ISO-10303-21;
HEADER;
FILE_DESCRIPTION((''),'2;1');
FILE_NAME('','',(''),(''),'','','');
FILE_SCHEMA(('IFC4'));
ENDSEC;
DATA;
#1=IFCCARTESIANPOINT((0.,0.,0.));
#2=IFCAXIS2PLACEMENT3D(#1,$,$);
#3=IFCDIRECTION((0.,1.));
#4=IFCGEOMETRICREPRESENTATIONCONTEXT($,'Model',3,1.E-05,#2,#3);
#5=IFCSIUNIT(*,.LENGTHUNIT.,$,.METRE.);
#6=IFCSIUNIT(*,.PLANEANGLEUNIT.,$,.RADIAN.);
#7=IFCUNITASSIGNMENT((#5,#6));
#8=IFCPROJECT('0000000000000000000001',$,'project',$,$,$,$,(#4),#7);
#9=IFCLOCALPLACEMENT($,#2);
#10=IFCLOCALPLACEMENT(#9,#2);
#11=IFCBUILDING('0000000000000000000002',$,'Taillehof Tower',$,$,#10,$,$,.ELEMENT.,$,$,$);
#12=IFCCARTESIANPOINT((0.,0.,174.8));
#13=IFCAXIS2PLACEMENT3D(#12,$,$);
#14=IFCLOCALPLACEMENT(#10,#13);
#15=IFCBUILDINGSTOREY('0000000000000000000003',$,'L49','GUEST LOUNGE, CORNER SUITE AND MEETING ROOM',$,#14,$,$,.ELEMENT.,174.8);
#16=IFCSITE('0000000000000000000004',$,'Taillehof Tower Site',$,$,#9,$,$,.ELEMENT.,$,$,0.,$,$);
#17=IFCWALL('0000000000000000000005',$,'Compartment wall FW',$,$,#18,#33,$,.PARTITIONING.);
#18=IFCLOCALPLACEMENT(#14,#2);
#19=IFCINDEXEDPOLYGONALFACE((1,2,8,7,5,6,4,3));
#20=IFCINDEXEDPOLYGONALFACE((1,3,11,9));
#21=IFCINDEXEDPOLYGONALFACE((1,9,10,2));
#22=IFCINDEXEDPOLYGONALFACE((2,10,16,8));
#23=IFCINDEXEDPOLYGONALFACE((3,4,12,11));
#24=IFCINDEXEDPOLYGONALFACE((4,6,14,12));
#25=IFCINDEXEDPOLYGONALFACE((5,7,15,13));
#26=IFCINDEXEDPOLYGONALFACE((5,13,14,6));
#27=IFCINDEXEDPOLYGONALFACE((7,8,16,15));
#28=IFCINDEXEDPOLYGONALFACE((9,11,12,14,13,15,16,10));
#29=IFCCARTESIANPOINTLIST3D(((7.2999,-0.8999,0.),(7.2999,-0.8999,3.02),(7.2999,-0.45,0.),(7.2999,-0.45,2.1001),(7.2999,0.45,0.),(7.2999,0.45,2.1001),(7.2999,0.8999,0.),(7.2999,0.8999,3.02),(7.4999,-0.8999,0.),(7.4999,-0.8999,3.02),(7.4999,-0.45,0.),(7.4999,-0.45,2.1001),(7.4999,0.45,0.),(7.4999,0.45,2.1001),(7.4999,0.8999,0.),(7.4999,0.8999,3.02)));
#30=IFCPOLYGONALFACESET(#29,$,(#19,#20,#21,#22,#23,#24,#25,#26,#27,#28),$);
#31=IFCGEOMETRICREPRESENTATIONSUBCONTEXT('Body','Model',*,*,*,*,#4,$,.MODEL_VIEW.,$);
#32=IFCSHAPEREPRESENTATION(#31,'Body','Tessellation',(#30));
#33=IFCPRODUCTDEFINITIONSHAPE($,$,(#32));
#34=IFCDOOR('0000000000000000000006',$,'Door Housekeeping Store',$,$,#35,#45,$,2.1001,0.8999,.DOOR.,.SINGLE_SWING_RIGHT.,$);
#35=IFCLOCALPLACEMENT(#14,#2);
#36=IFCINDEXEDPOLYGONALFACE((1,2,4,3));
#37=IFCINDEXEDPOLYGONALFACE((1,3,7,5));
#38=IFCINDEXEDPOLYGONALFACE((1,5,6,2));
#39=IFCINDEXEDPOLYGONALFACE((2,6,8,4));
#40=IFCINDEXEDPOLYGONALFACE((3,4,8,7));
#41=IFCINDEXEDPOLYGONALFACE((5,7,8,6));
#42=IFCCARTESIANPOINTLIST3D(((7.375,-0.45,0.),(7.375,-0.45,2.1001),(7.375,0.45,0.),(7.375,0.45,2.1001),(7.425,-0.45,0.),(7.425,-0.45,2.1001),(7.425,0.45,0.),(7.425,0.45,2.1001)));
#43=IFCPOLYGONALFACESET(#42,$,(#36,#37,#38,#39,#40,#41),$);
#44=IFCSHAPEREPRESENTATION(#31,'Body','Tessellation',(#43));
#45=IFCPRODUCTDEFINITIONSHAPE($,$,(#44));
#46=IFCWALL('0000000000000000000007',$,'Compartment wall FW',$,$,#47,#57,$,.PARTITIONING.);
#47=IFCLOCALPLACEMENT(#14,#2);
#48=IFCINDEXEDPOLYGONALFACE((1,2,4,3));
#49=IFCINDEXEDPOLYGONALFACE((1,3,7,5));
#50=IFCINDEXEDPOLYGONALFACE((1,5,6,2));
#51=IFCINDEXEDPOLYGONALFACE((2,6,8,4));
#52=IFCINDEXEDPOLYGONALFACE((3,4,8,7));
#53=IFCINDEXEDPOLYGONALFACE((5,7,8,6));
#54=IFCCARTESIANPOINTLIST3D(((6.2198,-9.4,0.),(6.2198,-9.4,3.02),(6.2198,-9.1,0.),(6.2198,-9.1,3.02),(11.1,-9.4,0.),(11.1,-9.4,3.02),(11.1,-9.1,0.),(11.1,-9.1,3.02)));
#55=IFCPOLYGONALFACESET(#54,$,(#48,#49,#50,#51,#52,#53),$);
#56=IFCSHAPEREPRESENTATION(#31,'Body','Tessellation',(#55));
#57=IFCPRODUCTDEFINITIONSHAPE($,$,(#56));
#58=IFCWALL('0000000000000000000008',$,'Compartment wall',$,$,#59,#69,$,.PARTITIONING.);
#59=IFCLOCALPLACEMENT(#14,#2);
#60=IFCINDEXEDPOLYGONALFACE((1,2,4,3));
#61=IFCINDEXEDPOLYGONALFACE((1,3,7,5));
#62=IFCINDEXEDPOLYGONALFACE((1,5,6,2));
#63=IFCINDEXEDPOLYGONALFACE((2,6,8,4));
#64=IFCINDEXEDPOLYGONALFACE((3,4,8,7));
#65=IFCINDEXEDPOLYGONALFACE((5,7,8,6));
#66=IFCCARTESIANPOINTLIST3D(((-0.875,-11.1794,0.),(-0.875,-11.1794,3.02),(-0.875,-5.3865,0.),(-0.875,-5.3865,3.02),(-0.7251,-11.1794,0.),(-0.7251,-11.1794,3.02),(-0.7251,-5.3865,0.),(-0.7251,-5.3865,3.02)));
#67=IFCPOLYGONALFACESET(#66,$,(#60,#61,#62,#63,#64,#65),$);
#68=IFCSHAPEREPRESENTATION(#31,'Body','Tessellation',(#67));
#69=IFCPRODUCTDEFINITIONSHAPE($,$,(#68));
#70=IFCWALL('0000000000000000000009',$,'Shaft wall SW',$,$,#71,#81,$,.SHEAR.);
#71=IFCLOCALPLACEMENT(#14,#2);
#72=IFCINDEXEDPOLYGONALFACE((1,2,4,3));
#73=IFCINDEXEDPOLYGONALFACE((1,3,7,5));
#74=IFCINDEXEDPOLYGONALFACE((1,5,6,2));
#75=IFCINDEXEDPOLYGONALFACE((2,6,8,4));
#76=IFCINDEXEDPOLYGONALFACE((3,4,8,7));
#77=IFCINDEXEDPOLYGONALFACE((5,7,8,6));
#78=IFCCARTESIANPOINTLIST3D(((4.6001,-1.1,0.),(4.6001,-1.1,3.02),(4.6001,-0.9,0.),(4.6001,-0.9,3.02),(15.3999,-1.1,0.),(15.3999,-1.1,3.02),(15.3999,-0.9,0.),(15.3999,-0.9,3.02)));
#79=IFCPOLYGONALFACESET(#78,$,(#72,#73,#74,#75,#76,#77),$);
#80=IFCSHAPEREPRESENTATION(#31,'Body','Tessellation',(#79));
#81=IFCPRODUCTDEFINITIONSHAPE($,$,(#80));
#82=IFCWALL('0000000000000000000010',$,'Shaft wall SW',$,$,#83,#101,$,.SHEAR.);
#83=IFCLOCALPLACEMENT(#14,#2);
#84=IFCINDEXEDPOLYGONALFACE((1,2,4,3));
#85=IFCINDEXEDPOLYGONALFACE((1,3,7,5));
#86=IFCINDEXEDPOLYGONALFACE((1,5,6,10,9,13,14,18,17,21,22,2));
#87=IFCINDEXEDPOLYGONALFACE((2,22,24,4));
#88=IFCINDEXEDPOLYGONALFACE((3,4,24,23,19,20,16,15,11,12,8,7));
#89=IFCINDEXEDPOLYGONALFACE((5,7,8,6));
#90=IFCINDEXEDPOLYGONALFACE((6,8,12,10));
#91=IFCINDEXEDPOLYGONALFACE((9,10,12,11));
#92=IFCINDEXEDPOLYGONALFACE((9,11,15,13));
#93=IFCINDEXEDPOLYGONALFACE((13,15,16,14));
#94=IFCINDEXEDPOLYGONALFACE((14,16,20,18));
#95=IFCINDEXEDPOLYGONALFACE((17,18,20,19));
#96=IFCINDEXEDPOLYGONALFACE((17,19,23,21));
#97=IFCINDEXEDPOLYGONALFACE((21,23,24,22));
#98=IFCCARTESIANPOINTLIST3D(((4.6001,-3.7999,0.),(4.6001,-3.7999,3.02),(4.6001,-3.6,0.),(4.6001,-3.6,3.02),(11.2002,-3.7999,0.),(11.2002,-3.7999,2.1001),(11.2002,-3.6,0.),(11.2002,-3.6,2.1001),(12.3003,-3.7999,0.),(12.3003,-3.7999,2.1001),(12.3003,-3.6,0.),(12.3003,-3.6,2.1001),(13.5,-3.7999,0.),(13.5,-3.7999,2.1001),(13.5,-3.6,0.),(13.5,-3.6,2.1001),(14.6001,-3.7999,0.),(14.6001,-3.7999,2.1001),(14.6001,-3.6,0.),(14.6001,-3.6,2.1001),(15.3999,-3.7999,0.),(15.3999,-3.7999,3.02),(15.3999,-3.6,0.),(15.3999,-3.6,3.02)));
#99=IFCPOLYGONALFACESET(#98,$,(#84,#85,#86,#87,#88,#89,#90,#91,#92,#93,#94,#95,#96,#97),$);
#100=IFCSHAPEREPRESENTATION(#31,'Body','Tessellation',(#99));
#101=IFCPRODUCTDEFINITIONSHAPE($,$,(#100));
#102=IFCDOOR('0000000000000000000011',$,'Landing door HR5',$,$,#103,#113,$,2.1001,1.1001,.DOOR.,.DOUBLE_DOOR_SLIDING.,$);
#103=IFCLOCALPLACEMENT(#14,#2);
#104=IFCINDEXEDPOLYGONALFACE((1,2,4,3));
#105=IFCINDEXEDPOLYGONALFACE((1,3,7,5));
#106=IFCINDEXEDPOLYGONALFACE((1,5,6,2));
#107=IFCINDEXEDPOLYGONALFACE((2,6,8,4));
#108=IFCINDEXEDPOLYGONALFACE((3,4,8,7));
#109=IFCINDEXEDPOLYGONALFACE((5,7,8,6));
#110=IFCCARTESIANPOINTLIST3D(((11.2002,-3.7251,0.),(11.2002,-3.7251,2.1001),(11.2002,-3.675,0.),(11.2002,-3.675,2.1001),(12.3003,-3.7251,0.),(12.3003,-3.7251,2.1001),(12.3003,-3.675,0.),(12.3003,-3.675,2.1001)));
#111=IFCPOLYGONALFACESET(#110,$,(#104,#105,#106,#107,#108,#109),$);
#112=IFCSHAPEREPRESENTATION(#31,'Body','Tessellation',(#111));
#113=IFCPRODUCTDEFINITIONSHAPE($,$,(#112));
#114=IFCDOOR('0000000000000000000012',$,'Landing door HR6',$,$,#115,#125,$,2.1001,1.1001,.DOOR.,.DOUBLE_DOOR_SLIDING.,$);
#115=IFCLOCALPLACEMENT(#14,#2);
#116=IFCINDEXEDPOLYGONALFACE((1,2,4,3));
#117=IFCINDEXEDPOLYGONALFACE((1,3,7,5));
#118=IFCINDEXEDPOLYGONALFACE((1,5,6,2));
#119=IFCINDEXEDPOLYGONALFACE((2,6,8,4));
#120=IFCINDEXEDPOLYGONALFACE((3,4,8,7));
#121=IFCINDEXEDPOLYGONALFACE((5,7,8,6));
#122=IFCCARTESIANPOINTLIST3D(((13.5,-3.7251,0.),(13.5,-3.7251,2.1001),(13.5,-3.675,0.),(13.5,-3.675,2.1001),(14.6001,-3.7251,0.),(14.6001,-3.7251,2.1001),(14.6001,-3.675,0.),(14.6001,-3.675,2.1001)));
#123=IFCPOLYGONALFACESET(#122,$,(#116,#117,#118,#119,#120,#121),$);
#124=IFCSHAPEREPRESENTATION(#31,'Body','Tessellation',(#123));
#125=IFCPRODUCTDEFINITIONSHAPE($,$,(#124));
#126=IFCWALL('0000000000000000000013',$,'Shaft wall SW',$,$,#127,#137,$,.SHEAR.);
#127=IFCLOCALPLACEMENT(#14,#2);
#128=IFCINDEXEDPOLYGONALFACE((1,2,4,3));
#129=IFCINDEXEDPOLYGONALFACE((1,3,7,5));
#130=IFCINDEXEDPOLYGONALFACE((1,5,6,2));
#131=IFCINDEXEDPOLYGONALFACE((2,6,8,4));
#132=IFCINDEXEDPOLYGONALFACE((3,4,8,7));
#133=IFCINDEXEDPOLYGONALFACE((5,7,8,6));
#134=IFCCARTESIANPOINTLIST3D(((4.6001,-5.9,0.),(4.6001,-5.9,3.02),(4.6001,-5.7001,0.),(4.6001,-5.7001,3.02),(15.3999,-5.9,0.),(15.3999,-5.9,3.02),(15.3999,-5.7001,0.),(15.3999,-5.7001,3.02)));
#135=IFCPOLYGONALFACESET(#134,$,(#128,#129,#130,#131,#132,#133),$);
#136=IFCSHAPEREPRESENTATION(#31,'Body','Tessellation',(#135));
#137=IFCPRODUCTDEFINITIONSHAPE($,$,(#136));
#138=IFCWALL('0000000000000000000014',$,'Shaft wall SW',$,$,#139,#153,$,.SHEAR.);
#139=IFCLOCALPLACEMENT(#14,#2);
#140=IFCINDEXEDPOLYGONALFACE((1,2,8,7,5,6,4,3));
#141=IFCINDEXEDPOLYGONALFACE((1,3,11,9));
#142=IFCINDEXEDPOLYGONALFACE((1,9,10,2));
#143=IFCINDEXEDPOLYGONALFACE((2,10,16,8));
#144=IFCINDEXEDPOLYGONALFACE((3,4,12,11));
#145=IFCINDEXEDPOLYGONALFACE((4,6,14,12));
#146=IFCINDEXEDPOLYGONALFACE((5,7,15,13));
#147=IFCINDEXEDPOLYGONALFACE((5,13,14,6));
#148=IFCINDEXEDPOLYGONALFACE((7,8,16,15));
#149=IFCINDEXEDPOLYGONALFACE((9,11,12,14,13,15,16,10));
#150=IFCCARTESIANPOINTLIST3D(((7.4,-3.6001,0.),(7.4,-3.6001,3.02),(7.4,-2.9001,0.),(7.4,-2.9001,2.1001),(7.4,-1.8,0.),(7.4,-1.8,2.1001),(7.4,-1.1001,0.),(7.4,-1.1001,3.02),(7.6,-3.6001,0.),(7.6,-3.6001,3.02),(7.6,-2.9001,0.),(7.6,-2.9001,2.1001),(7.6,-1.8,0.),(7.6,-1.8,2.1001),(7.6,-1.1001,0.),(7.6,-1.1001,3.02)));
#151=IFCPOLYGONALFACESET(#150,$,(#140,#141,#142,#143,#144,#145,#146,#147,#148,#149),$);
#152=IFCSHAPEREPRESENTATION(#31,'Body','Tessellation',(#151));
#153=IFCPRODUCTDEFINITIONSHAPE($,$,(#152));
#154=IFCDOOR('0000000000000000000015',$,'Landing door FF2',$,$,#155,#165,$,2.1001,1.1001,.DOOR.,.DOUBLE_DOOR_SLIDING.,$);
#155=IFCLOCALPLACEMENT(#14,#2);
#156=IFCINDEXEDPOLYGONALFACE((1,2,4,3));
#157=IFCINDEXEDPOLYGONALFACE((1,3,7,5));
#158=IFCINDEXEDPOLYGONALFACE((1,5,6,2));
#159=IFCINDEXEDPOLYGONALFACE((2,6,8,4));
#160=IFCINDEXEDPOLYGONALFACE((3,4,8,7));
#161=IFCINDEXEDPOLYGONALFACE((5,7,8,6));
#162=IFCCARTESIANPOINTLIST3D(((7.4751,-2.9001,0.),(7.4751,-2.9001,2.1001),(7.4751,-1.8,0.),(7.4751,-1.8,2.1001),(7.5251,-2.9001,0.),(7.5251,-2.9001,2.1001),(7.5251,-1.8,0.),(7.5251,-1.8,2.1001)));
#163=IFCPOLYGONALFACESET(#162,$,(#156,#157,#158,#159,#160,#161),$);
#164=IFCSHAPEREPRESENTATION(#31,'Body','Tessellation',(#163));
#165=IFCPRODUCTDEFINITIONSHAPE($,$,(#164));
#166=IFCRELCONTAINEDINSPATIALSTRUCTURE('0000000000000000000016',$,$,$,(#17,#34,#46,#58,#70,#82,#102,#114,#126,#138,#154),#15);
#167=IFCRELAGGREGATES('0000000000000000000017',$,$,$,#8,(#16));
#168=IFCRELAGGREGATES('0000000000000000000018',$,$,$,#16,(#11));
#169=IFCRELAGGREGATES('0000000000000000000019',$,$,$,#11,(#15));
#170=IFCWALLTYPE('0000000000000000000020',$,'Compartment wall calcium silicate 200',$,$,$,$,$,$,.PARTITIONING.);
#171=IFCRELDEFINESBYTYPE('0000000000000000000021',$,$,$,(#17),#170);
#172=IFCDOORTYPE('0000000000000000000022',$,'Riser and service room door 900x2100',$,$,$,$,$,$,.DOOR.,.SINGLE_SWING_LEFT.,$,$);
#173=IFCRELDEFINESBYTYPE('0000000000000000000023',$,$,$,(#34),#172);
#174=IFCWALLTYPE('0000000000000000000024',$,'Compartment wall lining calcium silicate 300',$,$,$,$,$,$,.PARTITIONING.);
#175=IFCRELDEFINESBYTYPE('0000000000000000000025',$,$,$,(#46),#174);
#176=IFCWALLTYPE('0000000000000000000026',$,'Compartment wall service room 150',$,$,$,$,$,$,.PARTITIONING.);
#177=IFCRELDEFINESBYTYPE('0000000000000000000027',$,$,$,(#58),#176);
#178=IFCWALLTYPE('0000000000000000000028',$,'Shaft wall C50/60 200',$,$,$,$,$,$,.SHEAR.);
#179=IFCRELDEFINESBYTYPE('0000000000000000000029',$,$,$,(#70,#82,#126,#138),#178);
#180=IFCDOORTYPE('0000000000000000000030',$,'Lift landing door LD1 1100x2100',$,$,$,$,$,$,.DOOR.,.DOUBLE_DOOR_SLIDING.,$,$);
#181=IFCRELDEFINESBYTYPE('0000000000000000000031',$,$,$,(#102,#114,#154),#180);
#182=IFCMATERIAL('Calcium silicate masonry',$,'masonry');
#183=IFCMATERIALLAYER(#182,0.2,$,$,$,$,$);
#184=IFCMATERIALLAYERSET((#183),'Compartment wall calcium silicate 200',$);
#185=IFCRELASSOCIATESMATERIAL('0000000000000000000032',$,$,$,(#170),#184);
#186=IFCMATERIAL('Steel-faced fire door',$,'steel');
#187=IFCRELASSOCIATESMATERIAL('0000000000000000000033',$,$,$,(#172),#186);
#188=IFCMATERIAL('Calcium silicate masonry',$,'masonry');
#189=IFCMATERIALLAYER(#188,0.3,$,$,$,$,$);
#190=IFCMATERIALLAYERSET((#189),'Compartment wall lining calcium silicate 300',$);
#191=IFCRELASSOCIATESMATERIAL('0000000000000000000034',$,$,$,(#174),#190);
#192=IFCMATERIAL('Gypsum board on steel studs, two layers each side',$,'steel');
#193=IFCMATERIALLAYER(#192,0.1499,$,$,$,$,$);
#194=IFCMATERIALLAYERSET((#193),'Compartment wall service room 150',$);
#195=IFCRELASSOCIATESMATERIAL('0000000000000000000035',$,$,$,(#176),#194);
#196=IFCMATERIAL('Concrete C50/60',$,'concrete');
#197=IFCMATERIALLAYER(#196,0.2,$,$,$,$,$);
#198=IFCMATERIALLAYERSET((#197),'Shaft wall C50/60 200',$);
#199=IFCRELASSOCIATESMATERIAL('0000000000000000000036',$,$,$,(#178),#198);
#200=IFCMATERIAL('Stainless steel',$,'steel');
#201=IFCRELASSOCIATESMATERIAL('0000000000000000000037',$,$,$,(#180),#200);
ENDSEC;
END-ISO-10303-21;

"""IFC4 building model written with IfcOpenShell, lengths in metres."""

from ifc_helpers import new_model, si_unit, direction, frame, frame_2d, origin, place, context, subcontext, project, spatial, rectangle, extrude, material, layer, layer_set, type_object, element, fill, save


model = new_model("IFC4")

# Units and contexts
model_context = context("Model", 3, precision=1e-05, world=origin(), true_north=direction((0.0, 1.0)))
body_context = subcontext(model_context, "Body", "Model", "MODEL_VIEW")
ifc_project = project(units=[si_unit("LENGTHUNIT", "METRE"), si_unit("PLANEANGLEUNIT", "RADIAN")], contexts=[model_context])

# Site, building, storey
site_placement = place(None, origin())
site = spatial("IfcSite", under=ifc_project, at=site_placement, Name="Taillehof Tower Site", CompositionType="ELEMENT", RefElevation=0.0)
building_placement = place(site_placement, origin())
building = spatial("IfcBuilding", under=site, at=building_placement, Name="Taillehof Tower", CompositionType="ELEMENT")
storey_placement = place(building_placement, frame((0.0, 0.0, 174.8)))
storey = spatial("IfcBuildingStorey", under=building, at=storey_placement, Name="L49", Description="GUEST LOUNGE, CORNER SUITE AND MEETING ROOM", CompositionType="ELEMENT", Elevation=174.8)

# Wall, opening, door
ifc_material_1 = material(Name="Calcium silicate masonry", Category="masonry")
ifc_layer_1 = layer(ifc_material_1, 0.2)
ifc_layer_set_1 = layer_set([ifc_layer_1], Name="Compartment wall calcium silicate 200")
wall_type_1 = type_object("IfcWallType", Name="Compartment wall calcium silicate 200", PredefinedType="PARTITIONING", material=ifc_layer_set_1)
wall_1_placement = place(storey_placement, frame((7.3999, -0.8999, 0.0), z_axis=(0.0, 0.0, 1.0), x_axis=(0.0, 1.0, 0.0)))
wall_1 = element("IfcWall", 1, at=wall_1_placement, inside=storey, type_object=wall_type_1, Name="Compartment wall FW", PredefinedType="PARTITIONING", context=body_context, shape_type="SweptSolid", body=[
    extrude(rectangle(XDim=1.7998, YDim=0.2, at=frame_2d((0.8999, 0.0))), origin(), (0.0, 0.0, 1.0), 3.02),
])
opening_1_placement = place(wall_1_placement, frame((0.45, 0.0, 0.0)))
opening_1 = element("IfcOpeningElement", 2, at=opening_1_placement, cuts=wall_1, PredefinedType="OPENING", context=body_context, shape_type="SweptSolid", body=[
    extrude(rectangle(XDim=0.8999, YDim=2.1001, at=frame_2d((0.45, 1.05))), frame((0.0, 0.1099, 0.0), z_axis=(0.0, -1.0, 0.0), x_axis=(1.0, 0.0, 0.0)), (0.0, 0.0, 1.0), 0.22),
])
ifc_material_2 = material(Name="Steel-faced fire door", Category="steel")
door_type_1 = type_object("IfcDoorType", Name="Riser and service room door 900x2100", OperationType="SINGLE_SWING_LEFT", PredefinedType="DOOR", material=ifc_material_2)
door_1_placement = place(opening_1_placement, origin())
door_1 = element("IfcDoor", 3, at=door_1_placement, inside=storey, type_object=door_type_1, Name="Door Housekeeping Store", OperationType="SINGLE_SWING_RIGHT", OverallHeight=2.1001, OverallWidth=0.8999, PredefinedType="DOOR", context=body_context, shape_type="SweptSolid", body=[
    extrude(rectangle(XDim=0.8999, YDim=2.1001, at=frame_2d((0.45, 1.05))), frame((0.0, 0.0249, 0.0), z_axis=(0.0, -1.0, 0.0), x_axis=(1.0, 0.0, 0.0)), (0.0, 0.0, 1.0), 0.05),
])
fill(opening_1, door_1)

# Walls
ifc_material_3 = material(Name="Calcium silicate masonry", Category="masonry")
ifc_layer_2 = layer(ifc_material_3, 0.3)
ifc_layer_set_2 = layer_set([ifc_layer_2], Name="Compartment wall lining calcium silicate 300")
wall_type_2 = type_object("IfcWallType", Name="Compartment wall lining calcium silicate 300", PredefinedType="PARTITIONING", material=ifc_layer_set_2)
wall_2_placement = place(storey_placement, frame((6.22, -9.25, 0.0), z_axis=(0.0, 0.0, 1.0), x_axis=(1.0, 0.0, 0.0)))
element("IfcWall", 4, at=wall_2_placement, inside=storey, type_object=wall_type_2, Name="Compartment wall FW", PredefinedType="PARTITIONING", context=body_context, shape_type="SweptSolid", body=[
    extrude(rectangle(XDim=4.8801, YDim=0.3, at=frame_2d((2.4399, 0.0))), origin(), (0.0, 0.0, 1.0), 3.02),
])
ifc_material_4 = material(Name="Gypsum board on steel studs, two layers each side", Category="steel")
ifc_layer_3 = layer(ifc_material_4, 0.1499)
ifc_layer_set_3 = layer_set([ifc_layer_3], Name="Compartment wall service room 150")
wall_type_3 = type_object("IfcWallType", Name="Compartment wall service room 150", PredefinedType="PARTITIONING", material=ifc_layer_set_3)
wall_3_placement = place(storey_placement, frame((-0.8, -5.3865, 0.0), z_axis=(0.0, 0.0, 1.0), x_axis=(0.0, -1.0, 0.0)))
element("IfcWall", 5, at=wall_3_placement, inside=storey, type_object=wall_type_3, Name="Compartment wall", PredefinedType="PARTITIONING", context=body_context, shape_type="SweptSolid", body=[
    extrude(rectangle(XDim=5.793, YDim=0.1499, at=frame_2d((2.8965, 0.0))), origin(), (0.0, 0.0, 1.0), 3.02),
])
ifc_material_5 = material(Name="Concrete C50/60", Category="concrete")
ifc_layer_4 = layer(ifc_material_5, 0.2)
ifc_layer_set_4 = layer_set([ifc_layer_4], Name="Shaft wall C50/60 200")
wall_type_4 = type_object("IfcWallType", Name="Shaft wall C50/60 200", PredefinedType="SHEAR", material=ifc_layer_set_4)
wall_4_placement = place(storey_placement, frame((4.6001, -1.0, 0.0), z_axis=(0.0, 0.0, 1.0), x_axis=(1.0, 0.0, 0.0)))
element("IfcWall", 6, at=wall_4_placement, inside=storey, type_object=wall_type_4, Name="Shaft wall SW", PredefinedType="SHEAR", context=body_context, shape_type="SweptSolid", body=[
    extrude(rectangle(XDim=10.7998, YDim=0.2, at=frame_2d((5.3999, 0.0))), origin(), (0.0, 0.0, 1.0), 3.02),
])

# Wall, openings, doors
wall_5_placement = place(storey_placement, frame((4.6001, -3.7, 0.0), z_axis=(0.0, 0.0, 1.0), x_axis=(1.0, 0.0, 0.0)))
wall_5 = element("IfcWall", 7, at=wall_5_placement, inside=storey, type_object=wall_type_4, Name="Shaft wall SW", PredefinedType="SHEAR", context=body_context, shape_type="SweptSolid", body=[
    extrude(rectangle(XDim=10.7998, YDim=0.2, at=frame_2d((5.3999, 0.0))), origin(), (0.0, 0.0, 1.0), 3.02),
])
opening_2_placement = place(wall_5_placement, frame((6.6001, 0.0, 0.0)))
opening_2 = element("IfcOpeningElement", 8, at=opening_2_placement, cuts=wall_5, PredefinedType="OPENING", context=body_context, shape_type="SweptSolid", body=[
    extrude(rectangle(XDim=1.1001, YDim=2.1001, at=frame_2d((0.55, 1.05))), frame((0.0, 0.1099, 0.0), z_axis=(0.0, -1.0, 0.0), x_axis=(1.0, 0.0, 0.0)), (0.0, 0.0, 1.0), 0.22),
])
opening_3_placement = place(wall_5_placement, frame((8.8999, 0.0, 0.0)))
opening_3 = element("IfcOpeningElement", 9, at=opening_3_placement, cuts=wall_5, PredefinedType="OPENING", context=body_context, shape_type="SweptSolid", body=[
    extrude(rectangle(XDim=1.1001, YDim=2.1001, at=frame_2d((0.55, 1.05))), frame((0.0, 0.1099, 0.0), z_axis=(0.0, -1.0, 0.0), x_axis=(1.0, 0.0, 0.0)), (0.0, 0.0, 1.0), 0.22),
])
ifc_material_6 = material(Name="Stainless steel", Category="steel")
door_type_2 = type_object("IfcDoorType", Name="Lift landing door LD1 1100x2100", OperationType="DOUBLE_DOOR_SLIDING", PredefinedType="DOOR", material=ifc_material_6)
door_2_placement = place(opening_2_placement, origin())
door_2 = element("IfcDoor", 10, at=door_2_placement, inside=storey, type_object=door_type_2, Name="Landing door HR5", OperationType="DOUBLE_DOOR_SLIDING", OverallHeight=2.1001, OverallWidth=1.1001, PredefinedType="DOOR", context=body_context, shape_type="SweptSolid", body=[
    extrude(rectangle(XDim=1.1001, YDim=2.1001, at=frame_2d((0.55, 1.05))), frame((0.0, 0.0249, 0.0), z_axis=(0.0, -1.0, 0.0), x_axis=(1.0, 0.0, 0.0)), (0.0, 0.0, 1.0), 0.05),
])
fill(opening_2, door_2)
door_3_placement = place(opening_3_placement, origin())
door_3 = element("IfcDoor", 11, at=door_3_placement, inside=storey, type_object=door_type_2, Name="Landing door HR6", OperationType="DOUBLE_DOOR_SLIDING", OverallHeight=2.1001, OverallWidth=1.1001, PredefinedType="DOOR", context=body_context, shape_type="SweptSolid", body=[
    extrude(rectangle(XDim=1.1001, YDim=2.1001, at=frame_2d((0.55, 1.05))), frame((0.0, 0.0249, 0.0), z_axis=(0.0, -1.0, 0.0), x_axis=(1.0, 0.0, 0.0)), (0.0, 0.0, 1.0), 0.05),
])
fill(opening_3, door_3)

# Wall
wall_6_placement = place(storey_placement, frame((4.6001, -5.8, 0.0), z_axis=(0.0, 0.0, 1.0), x_axis=(1.0, 0.0, 0.0)))
element("IfcWall", 12, at=wall_6_placement, inside=storey, type_object=wall_type_4, Name="Shaft wall SW", PredefinedType="SHEAR", context=body_context, shape_type="SweptSolid", body=[
    extrude(rectangle(XDim=10.7998, YDim=0.2, at=frame_2d((5.3999, 0.0))), origin(), (0.0, 0.0, 1.0), 3.02),
])

# Wall, opening, door
wall_7_placement = place(storey_placement, frame((7.5, -3.6001, 0.0), z_axis=(0.0, 0.0, 1.0), x_axis=(0.0, 1.0, 0.0)))
wall_7 = element("IfcWall", 13, at=wall_7_placement, inside=storey, type_object=wall_type_4, Name="Shaft wall SW", PredefinedType="SHEAR", context=body_context, shape_type="SweptSolid", body=[
    extrude(rectangle(XDim=2.5, YDim=0.2, at=frame_2d((1.25, 0.0))), origin(), (0.0, 0.0, 1.0), 3.02),
])
opening_4_placement = place(wall_7_placement, frame((0.7, 0.0, 0.0)))
opening_4 = element("IfcOpeningElement", 14, at=opening_4_placement, cuts=wall_7, PredefinedType="OPENING", context=body_context, shape_type="SweptSolid", body=[
    extrude(rectangle(XDim=1.1001, YDim=2.1001, at=frame_2d((0.55, 1.05))), frame((0.0, 0.1099, 0.0), z_axis=(0.0, -1.0, 0.0), x_axis=(1.0, 0.0, 0.0)), (0.0, 0.0, 1.0), 0.22),
])
door_4_placement = place(opening_4_placement, origin())
door_4 = element("IfcDoor", 15, at=door_4_placement, inside=storey, type_object=door_type_2, Name="Landing door FF2", OperationType="DOUBLE_DOOR_SLIDING", OverallHeight=2.1001, OverallWidth=1.1001, PredefinedType="DOOR", context=body_context, shape_type="SweptSolid", body=[
    extrude(rectangle(XDim=1.1001, YDim=2.1001, at=frame_2d((0.55, 1.05))), frame((0.0, 0.0249, 0.0), z_axis=(0.0, -1.0, 0.0), x_axis=(1.0, 0.0, 0.0)), (0.0, 0.0, 1.0), 0.05),
])
fill(opening_4, door_4)

save(model, "model.ifc")
